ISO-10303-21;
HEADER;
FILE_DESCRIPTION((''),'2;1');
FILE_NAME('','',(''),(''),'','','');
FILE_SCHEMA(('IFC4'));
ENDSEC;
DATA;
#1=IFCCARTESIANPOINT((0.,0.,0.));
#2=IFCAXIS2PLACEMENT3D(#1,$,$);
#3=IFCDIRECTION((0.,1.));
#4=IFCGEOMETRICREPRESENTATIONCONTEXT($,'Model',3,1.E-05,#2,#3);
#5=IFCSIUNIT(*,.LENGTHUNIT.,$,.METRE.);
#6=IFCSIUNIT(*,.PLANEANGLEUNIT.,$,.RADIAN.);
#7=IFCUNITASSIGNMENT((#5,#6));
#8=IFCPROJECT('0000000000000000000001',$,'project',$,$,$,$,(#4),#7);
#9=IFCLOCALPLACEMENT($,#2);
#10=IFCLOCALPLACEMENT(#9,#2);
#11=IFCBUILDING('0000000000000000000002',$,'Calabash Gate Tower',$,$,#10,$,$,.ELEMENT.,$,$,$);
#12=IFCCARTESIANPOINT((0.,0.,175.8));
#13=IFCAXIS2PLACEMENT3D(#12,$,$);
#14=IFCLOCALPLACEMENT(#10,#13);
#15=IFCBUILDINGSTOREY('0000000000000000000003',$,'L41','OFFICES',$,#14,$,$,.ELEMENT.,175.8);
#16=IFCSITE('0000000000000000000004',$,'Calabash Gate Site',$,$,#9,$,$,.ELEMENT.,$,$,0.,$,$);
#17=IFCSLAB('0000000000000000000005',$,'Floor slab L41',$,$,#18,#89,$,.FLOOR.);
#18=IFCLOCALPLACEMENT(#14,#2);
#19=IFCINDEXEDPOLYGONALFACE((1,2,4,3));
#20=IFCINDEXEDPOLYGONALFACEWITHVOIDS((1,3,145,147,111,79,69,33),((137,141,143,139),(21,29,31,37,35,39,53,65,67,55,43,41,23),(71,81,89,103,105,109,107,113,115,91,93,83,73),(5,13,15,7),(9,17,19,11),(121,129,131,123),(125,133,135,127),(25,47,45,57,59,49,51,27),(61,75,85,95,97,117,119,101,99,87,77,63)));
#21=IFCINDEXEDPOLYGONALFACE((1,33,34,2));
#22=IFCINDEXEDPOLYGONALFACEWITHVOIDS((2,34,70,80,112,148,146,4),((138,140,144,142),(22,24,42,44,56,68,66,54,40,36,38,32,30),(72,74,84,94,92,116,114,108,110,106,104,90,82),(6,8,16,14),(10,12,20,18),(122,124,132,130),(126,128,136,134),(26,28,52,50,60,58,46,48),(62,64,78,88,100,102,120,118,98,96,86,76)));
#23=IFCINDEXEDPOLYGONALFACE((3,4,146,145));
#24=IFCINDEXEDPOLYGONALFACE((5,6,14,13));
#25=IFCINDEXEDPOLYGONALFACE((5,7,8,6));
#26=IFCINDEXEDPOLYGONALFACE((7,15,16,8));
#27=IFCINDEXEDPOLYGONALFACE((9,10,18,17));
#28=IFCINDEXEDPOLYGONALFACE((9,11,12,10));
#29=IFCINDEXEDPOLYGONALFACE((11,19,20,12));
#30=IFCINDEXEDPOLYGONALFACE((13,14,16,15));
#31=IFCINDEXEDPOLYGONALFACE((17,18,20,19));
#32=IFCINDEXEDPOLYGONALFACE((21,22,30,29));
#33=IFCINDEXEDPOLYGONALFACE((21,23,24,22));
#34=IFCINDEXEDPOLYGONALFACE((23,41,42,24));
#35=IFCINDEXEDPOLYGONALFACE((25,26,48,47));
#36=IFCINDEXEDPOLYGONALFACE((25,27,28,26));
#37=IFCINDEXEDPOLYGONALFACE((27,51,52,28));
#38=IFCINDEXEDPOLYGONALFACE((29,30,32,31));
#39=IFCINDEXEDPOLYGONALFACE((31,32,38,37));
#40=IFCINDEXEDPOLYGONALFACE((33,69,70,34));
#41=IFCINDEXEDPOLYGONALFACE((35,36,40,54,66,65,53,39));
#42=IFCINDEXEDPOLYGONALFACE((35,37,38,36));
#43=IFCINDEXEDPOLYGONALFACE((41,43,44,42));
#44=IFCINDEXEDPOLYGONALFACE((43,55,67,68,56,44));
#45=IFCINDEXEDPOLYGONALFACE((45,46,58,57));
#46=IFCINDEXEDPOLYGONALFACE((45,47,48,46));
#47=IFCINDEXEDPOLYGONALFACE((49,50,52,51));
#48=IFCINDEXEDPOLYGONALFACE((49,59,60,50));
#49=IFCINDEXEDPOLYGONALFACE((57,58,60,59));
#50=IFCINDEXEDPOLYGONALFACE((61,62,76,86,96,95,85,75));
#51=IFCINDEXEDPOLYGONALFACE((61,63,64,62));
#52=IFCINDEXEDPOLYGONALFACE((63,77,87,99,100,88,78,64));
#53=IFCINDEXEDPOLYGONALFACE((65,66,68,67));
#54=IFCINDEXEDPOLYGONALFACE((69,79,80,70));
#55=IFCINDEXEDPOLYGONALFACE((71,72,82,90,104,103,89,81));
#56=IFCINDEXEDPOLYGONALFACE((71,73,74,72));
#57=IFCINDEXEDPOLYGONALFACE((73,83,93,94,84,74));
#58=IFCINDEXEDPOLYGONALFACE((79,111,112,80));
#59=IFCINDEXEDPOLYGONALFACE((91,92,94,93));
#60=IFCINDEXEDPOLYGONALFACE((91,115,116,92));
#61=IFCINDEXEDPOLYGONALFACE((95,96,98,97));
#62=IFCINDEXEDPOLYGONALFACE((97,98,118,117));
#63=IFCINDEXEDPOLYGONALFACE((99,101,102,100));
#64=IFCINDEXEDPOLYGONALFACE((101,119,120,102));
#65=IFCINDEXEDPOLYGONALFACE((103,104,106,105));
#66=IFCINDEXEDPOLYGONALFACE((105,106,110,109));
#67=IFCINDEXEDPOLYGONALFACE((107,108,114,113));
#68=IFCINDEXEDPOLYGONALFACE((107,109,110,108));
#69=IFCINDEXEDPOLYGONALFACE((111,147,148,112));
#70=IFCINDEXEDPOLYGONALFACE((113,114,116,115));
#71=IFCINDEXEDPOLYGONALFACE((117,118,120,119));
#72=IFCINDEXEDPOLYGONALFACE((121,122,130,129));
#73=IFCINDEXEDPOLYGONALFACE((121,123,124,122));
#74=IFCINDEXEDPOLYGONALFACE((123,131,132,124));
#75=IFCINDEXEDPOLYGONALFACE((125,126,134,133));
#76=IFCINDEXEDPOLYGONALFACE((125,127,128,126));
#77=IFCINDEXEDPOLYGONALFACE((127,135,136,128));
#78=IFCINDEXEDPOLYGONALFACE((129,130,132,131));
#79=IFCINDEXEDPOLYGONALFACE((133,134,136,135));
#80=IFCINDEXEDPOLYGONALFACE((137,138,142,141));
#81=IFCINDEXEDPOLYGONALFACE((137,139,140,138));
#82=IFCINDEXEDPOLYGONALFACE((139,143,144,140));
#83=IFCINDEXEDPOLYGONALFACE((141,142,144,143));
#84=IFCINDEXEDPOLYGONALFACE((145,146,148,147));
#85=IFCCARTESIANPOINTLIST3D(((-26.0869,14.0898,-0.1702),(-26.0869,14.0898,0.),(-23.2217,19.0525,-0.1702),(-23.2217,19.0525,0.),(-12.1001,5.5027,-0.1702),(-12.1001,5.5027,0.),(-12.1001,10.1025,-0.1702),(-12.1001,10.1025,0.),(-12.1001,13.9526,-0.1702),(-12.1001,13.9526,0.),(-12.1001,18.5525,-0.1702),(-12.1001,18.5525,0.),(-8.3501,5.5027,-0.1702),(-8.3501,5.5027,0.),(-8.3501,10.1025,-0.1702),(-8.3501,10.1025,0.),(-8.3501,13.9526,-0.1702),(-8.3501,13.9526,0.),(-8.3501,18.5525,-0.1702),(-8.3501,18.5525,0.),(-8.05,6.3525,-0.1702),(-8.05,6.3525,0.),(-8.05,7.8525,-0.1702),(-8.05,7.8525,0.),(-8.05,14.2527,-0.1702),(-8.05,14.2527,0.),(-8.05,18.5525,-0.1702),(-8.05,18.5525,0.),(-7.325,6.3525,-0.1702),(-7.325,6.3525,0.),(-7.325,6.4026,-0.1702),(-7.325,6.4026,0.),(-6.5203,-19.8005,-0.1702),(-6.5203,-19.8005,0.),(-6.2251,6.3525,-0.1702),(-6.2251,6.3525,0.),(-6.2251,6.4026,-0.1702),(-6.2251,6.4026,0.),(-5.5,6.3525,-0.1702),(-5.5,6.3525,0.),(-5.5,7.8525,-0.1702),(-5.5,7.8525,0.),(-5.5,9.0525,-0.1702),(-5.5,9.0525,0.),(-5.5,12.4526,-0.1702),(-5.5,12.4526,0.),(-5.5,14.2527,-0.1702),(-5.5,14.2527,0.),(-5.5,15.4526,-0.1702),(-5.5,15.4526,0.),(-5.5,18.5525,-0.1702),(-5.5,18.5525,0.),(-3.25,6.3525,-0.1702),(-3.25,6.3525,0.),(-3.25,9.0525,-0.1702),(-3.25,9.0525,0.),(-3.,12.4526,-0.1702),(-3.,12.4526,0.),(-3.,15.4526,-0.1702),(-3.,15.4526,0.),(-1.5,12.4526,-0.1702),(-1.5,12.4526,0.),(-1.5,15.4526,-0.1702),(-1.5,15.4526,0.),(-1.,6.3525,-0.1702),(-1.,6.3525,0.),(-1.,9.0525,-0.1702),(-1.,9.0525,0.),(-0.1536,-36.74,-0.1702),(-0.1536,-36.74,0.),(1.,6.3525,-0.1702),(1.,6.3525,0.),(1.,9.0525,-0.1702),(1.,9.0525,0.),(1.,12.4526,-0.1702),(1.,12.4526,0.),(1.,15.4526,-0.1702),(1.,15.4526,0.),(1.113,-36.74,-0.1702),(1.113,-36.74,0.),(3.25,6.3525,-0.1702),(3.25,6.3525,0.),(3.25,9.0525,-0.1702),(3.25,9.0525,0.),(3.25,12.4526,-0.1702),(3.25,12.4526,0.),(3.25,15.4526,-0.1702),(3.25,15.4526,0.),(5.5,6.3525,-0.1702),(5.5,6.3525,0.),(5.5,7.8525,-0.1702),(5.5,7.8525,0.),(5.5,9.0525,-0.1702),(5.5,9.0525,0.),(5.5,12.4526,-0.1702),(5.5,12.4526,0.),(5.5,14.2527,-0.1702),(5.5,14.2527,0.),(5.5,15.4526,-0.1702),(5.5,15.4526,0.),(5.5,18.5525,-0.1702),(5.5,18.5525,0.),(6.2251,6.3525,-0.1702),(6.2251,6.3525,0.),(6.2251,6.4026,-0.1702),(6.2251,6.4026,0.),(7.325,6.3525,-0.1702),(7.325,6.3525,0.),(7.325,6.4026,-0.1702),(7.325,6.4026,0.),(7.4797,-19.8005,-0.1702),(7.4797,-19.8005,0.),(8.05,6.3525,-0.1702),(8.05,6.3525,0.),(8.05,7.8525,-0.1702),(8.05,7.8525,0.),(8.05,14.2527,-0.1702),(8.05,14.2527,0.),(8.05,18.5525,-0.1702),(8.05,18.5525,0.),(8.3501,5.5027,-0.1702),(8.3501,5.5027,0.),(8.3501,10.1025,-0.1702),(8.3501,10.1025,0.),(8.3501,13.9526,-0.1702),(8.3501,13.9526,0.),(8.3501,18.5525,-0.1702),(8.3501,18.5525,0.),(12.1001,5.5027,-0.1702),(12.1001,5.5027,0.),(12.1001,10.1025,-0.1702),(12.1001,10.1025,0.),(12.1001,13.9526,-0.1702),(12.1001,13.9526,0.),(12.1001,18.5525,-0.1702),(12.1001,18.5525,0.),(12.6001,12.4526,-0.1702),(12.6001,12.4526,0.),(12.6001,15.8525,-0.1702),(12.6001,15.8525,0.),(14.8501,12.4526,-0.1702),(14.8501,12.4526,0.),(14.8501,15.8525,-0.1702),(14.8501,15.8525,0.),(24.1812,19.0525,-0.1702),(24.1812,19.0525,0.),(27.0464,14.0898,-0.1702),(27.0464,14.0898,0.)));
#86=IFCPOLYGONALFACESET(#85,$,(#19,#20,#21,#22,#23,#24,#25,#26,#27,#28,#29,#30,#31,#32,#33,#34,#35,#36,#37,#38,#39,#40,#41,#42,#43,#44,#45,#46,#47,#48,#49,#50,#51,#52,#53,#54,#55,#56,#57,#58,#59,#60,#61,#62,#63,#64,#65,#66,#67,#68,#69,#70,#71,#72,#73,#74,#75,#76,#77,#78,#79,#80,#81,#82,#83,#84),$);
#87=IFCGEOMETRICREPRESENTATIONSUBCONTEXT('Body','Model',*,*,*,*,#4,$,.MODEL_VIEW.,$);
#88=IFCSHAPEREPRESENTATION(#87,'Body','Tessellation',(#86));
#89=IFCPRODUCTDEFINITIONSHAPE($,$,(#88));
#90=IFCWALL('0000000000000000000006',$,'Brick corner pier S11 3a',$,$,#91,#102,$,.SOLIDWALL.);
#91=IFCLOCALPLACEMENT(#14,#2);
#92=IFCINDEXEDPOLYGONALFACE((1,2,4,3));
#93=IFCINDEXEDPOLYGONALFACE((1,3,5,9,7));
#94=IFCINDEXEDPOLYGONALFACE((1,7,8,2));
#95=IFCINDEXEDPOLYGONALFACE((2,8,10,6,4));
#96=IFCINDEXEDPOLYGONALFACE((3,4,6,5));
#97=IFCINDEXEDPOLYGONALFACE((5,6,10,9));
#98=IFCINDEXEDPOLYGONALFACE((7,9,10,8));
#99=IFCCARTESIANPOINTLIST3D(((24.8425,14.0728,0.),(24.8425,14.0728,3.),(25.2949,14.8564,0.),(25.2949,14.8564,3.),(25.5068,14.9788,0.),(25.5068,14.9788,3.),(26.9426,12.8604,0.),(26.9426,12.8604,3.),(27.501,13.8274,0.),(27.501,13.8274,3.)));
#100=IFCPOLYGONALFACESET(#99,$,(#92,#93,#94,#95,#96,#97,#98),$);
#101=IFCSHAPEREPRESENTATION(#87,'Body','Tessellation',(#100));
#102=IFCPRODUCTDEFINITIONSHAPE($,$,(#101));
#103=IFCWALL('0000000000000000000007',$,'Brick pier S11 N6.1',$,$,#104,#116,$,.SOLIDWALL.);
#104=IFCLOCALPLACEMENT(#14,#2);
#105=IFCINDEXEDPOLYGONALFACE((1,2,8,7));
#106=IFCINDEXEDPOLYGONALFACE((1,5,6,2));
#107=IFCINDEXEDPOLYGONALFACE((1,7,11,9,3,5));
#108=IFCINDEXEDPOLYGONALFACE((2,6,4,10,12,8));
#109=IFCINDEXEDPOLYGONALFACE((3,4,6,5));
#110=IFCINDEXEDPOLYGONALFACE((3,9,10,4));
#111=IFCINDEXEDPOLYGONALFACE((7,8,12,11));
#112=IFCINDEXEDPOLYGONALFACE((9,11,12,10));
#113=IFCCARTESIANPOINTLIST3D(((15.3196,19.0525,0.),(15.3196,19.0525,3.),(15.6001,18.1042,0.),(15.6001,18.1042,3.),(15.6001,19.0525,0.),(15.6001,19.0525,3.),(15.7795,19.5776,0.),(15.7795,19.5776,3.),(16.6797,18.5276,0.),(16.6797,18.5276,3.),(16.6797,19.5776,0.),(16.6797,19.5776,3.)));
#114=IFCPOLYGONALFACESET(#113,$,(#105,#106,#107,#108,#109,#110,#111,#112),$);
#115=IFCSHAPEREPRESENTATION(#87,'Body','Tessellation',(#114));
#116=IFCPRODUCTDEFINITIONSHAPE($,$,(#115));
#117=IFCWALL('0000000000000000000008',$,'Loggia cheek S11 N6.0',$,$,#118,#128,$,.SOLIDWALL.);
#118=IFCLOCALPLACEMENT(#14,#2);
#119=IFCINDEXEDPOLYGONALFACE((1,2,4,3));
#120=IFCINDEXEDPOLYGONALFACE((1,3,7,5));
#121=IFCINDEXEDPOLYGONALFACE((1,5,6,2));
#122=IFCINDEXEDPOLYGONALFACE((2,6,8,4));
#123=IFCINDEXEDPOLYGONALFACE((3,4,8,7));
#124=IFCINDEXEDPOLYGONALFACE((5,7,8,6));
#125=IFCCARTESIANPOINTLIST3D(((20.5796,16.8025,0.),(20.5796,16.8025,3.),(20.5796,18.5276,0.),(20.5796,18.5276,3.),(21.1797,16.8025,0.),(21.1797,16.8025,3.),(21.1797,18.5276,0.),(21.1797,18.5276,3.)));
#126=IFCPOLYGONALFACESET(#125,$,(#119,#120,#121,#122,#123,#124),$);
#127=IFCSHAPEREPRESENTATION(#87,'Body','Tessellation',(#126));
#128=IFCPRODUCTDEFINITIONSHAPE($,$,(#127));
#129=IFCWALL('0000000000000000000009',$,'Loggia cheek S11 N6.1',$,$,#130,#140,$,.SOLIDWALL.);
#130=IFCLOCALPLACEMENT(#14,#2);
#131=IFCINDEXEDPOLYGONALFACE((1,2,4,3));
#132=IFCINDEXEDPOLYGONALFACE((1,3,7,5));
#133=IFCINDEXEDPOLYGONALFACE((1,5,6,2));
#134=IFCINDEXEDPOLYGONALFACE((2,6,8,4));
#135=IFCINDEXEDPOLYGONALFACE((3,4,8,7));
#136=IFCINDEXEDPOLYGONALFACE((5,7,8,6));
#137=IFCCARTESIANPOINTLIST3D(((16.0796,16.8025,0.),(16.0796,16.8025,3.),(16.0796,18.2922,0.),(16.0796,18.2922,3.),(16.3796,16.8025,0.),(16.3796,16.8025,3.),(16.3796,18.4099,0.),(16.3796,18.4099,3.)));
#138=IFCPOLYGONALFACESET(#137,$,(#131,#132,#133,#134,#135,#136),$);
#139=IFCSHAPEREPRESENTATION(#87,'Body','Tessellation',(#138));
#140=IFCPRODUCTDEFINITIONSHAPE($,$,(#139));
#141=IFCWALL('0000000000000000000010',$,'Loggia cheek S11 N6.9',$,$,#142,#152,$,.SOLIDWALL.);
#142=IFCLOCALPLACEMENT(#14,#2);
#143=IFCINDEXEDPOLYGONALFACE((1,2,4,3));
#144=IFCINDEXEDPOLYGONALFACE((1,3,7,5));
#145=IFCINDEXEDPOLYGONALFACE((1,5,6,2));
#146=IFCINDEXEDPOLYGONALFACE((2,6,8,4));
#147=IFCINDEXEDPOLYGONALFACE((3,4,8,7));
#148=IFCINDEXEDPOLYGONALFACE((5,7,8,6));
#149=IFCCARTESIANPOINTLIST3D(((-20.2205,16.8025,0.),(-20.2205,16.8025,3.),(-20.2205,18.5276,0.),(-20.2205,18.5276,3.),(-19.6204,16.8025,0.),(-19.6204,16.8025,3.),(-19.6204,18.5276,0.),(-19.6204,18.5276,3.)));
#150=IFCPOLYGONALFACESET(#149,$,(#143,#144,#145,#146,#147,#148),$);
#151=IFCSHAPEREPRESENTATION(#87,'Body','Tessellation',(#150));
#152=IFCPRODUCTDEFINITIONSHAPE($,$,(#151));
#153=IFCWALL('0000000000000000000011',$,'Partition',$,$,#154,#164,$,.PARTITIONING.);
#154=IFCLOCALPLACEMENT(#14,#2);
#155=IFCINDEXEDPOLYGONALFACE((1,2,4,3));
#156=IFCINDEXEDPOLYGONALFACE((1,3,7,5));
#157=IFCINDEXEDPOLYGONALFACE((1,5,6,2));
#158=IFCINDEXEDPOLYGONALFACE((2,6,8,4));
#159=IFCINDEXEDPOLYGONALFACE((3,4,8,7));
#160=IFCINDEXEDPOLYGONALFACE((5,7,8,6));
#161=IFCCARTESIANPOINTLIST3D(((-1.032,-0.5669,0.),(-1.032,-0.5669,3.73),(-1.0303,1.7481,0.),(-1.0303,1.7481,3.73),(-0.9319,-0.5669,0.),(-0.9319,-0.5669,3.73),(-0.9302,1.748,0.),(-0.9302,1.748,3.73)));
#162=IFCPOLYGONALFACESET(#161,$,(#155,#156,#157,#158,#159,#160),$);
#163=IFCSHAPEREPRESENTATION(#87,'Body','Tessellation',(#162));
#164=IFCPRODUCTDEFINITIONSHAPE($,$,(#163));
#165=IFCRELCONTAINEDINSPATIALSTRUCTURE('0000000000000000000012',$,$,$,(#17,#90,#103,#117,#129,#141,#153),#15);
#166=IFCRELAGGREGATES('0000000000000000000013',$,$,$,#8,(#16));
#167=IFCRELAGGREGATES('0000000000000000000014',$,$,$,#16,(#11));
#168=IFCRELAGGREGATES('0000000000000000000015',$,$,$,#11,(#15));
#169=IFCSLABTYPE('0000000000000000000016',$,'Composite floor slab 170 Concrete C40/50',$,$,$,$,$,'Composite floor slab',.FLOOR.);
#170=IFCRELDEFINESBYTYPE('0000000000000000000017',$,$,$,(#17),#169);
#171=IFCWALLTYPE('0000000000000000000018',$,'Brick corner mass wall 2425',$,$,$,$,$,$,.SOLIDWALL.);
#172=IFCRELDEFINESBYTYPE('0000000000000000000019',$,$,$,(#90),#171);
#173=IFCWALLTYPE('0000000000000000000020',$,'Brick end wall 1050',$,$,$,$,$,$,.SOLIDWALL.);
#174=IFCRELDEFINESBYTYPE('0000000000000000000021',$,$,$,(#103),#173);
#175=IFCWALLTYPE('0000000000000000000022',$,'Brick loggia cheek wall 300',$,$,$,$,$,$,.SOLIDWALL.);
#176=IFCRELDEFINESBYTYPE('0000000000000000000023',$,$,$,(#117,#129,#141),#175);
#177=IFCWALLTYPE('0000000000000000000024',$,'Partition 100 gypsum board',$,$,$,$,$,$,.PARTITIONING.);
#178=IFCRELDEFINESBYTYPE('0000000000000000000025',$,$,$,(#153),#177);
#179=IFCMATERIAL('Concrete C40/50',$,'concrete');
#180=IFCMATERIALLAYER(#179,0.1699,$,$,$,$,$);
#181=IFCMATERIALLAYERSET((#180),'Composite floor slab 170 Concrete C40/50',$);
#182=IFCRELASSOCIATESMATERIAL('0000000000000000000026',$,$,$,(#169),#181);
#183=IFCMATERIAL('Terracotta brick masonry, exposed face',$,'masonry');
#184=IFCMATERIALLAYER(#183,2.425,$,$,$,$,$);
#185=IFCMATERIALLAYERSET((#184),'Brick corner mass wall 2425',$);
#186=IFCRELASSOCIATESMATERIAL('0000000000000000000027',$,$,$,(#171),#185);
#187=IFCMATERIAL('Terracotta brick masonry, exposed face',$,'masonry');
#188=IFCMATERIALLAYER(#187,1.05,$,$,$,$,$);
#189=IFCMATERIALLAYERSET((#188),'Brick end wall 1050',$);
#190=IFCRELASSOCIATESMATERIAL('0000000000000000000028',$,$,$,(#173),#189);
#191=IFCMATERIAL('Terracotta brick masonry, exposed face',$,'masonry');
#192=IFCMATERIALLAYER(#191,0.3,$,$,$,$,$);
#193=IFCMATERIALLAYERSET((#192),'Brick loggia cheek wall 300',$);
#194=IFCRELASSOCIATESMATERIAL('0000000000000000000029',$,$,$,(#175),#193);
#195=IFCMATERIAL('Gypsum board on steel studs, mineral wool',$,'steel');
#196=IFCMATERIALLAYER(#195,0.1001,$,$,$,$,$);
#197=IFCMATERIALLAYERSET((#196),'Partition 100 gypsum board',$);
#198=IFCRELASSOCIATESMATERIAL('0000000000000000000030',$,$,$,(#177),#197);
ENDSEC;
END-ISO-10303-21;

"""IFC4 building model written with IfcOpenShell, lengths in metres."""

from ifc_helpers import new_model, si_unit, direction, frame, frame_2d, origin, place, context, subcontext, project, spatial, polyline, rectangle, outline, extrude, material, layer, layer_set, type_object, element, save


model = new_model("IFC4")

# Units and contexts
model_context = context("Model", 3, precision=1e-05, world=origin(), true_north=direction((0.0, 1.0)))
body_context = subcontext(model_context, "Body", "Model", "MODEL_VIEW")
ifc_project = project(units=[si_unit("LENGTHUNIT", "METRE"), si_unit("PLANEANGLEUNIT", "RADIAN")], contexts=[model_context])

# Site, building, storey
site_placement = place(None, origin())
site = spatial("IfcSite", under=ifc_project, at=site_placement, Name="Calabash Gate Site", CompositionType="ELEMENT", RefElevation=0.0)
building_placement = place(site_placement, origin())
building = spatial("IfcBuilding", under=site, at=building_placement, Name="Calabash Gate Tower", CompositionType="ELEMENT")
storey_placement = place(building_placement, frame((0.0, 0.0, 175.8)))
storey = spatial("IfcBuildingStorey", under=building, at=storey_placement, Name="L41", Description="OFFICES", CompositionType="ELEMENT", Elevation=175.8)

# Slab
ifc_material_1 = material(Name="Concrete C40/50", Category="concrete")
ifc_layer_1 = layer(ifc_material_1, 0.1699)
ifc_layer_set_1 = layer_set([ifc_layer_1], Name="Composite floor slab 170 Concrete C40/50")
slab_type = type_object("IfcSlabType", Name="Composite floor slab 170 Concrete C40/50", ElementType="Composite floor slab", PredefinedType="FLOOR", material=ifc_layer_set_1)
slab_placement = place(storey_placement, frame((0.0, 0.0, -0.1702)))
element("IfcSlab", 1, at=slab_placement, inside=storey, type_object=slab_type, Name="Floor slab L41", PredefinedType="FLOOR", context=body_context, shape_type="SweptSolid", body=[
    extrude(outline(polyline([(-23.2217, 19.0525), (24.1812, 19.0525), (27.0464, 14.0898), (7.4797, -19.8005), (1.113, -36.74), (-0.1536, -36.74), (-6.5203, -19.8005), (-26.0869, 14.0898), (-23.2217, 19.0525)]), holes=[polyline([(-3.25, 9.0525), (-5.5, 9.0525), (-5.5, 7.8525), (-8.05, 7.8525), (-8.05, 6.3525), (-7.325, 6.3525), (-7.325, 6.4026), (-6.2251, 6.4026), (-6.2251, 6.3525), (-5.5, 6.3525), (-3.25, 6.3525), (-1.0, 6.3525), (-1.0, 9.0525), (-3.25, 9.0525)]), polyline([(5.5, 6.3525), (6.2251, 6.3525), (6.2251, 6.4026), (7.325, 6.4026), (7.325, 6.3525), (8.05, 6.3525), (8.05, 7.8525), (5.5, 7.8525), (5.5, 9.0525), (3.25, 9.0525), (1.0, 9.0525), (1.0, 6.3525), (3.25, 6.3525), (5.5, 6.3525)]), polyline([(-5.5, 12.4526), (-3.0, 12.4526), (-3.0, 15.4526), (-5.5, 15.4526), (-5.5, 18.5525), (-8.05, 18.5525), (-8.05, 14.2527), (-5.5, 14.2527), (-5.5, 12.4526)]), polyline([(-1.5, 15.4526), (-1.5, 12.4526), (1.0, 12.4526), (3.25, 12.4526), (5.5, 12.4526), (5.5, 14.2527), (8.05, 14.2527), (8.05, 18.5525), (5.5, 18.5525), (5.5, 15.4526), (3.25, 15.4526), (1.0, 15.4526), (-1.5, 15.4526)]), polyline([(14.8501, 15.8525), (12.6001, 15.8525), (12.6001, 12.4526), (14.8501, 12.4526), (14.8501, 15.8525)]), polyline([(-8.3501, 18.5525), (-12.1001, 18.5525), (-12.1001, 13.9526), (-8.3501, 13.9526), (-8.3501, 18.5525)]), polyline([(-12.1001, 10.1025), (-12.1001, 5.5027), (-8.3501, 5.5027), (-8.3501, 10.1025), (-12.1001, 10.1025)]), polyline([(8.3501, 13.9526), (12.1001, 13.9526), (12.1001, 18.5525), (8.3501, 18.5525), (8.3501, 13.9526)]), polyline([(12.1001, 5.5027), (12.1001, 10.1025), (8.3501, 10.1025), (8.3501, 5.5027), (12.1001, 5.5027)])]), origin(), (0.0, 0.0, 1.0), 0.1702),
])

# Walls
ifc_material_2 = material(Name="Terracotta brick masonry, exposed face", Category="masonry")
ifc_layer_2 = layer(ifc_material_2, 2.425)
ifc_layer_set_2 = layer_set([ifc_layer_2], Name="Brick corner mass wall 2425")
wall_type_1 = type_object("IfcWallType", Name="Brick corner mass wall 2425", PredefinedType="SOLIDWALL", material=ifc_layer_set_2)
wall_1_placement = place(storey_placement, origin())
element("IfcWall", 2, at=wall_1_placement, inside=storey, type_object=wall_type_1, Name="Brick corner pier S11 3a", PredefinedType="SOLIDWALL", context=body_context, shape_type="SweptSolid", body=[
    extrude(outline(polyline([(24.8425, 14.0728), (26.9426, 12.8604), (27.501, 13.8274), (25.5068, 14.9788), (25.2949, 14.8564), (24.8425, 14.0728)])), origin(), (0.0, 0.0, 1.0), 3.0),
])
ifc_material_3 = material(Name="Terracotta brick masonry, exposed face", Category="masonry")
ifc_layer_3 = layer(ifc_material_3, 1.05)
ifc_layer_set_3 = layer_set([ifc_layer_3], Name="Brick end wall 1050")
wall_type_2 = type_object("IfcWallType", Name="Brick end wall 1050", PredefinedType="SOLIDWALL", material=ifc_layer_set_3)
wall_2_placement = place(storey_placement, origin())
element("IfcWall", 3, at=wall_2_placement, inside=storey, type_object=wall_type_2, Name="Brick pier S11 N6.1", PredefinedType="SOLIDWALL", context=body_context, shape_type="SweptSolid", body=[
    extrude(outline(polyline([(15.6001, 18.1042), (16.6797, 18.5276), (16.6797, 19.5776), (15.7795, 19.5776), (15.3196, 19.0525), (15.6001, 19.0525), (15.6001, 18.1042)])), origin(), (0.0, 0.0, 1.0), 3.0),
])
ifc_material_4 = material(Name="Terracotta brick masonry, exposed face", Category="masonry")
ifc_layer_4 = layer(ifc_material_4, 0.3)
ifc_layer_set_4 = layer_set([ifc_layer_4], Name="Brick loggia cheek wall 300")
wall_type_3 = type_object("IfcWallType", Name="Brick loggia cheek wall 300", PredefinedType="SOLIDWALL", material=ifc_layer_set_4)
wall_3_placement = place(storey_placement, origin())
element("IfcWall", 4, at=wall_3_placement, inside=storey, type_object=wall_type_3, Name="Loggia cheek S11 N6.0", PredefinedType="SOLIDWALL", context=body_context, shape_type="SweptSolid", body=[
    extrude(outline(polyline([(21.1797, 16.8025), (21.1797, 18.5276), (20.5796, 18.5276), (20.5796, 16.8025), (21.1797, 16.8025)])), origin(), (0.0, 0.0, 1.0), 3.0),
])
wall_4_placement = place(storey_placement, origin())
element("IfcWall", 5, at=wall_4_placement, inside=storey, type_object=wall_type_3, Name="Loggia cheek S11 N6.1", PredefinedType="SOLIDWALL", context=body_context, shape_type="SweptSolid", body=[
    extrude(outline(polyline([(16.0796, 18.2922), (16.0796, 16.8025), (16.3796, 16.8025), (16.3796, 18.4099), (16.0796, 18.2922)])), origin(), (0.0, 0.0, 1.0), 3.0),
])
wall_5_placement = place(storey_placement, origin())
element("IfcWall", 6, at=wall_5_placement, inside=storey, type_object=wall_type_3, Name="Loggia cheek S11 N6.9", PredefinedType="SOLIDWALL", context=body_context, shape_type="SweptSolid", body=[
    extrude(outline(polyline([(-20.2205, 18.5276), (-20.2205, 16.8025), (-19.6204, 16.8025), (-19.6204, 18.5276), (-20.2205, 18.5276)])), origin(), (0.0, 0.0, 1.0), 3.0),
])
ifc_material_5 = material(Name="Gypsum board on steel studs, mineral wool", Category="steel")
ifc_layer_5 = layer(ifc_material_5, 0.1001)
ifc_layer_set_5 = layer_set([ifc_layer_5], Name="Partition 100 gypsum board")
wall_type_4 = type_object("IfcWallType", Name="Partition 100 gypsum board", PredefinedType="PARTITIONING", material=ifc_layer_set_5)
wall_6_placement = place(storey_placement, frame((-0.9819, -0.5669, 0.0), z_axis=(0.0, 0.0, 1.0), x_axis=(0.000738, 1.0, 0.0)))
element("IfcWall", 7, at=wall_6_placement, inside=storey, type_object=wall_type_4, Name="Partition", PredefinedType="PARTITIONING", context=body_context, shape_type="SweptSolid", body=[
    extrude(rectangle(XDim=2.3149, YDim=0.1001, at=frame_2d((1.1575, 0.0))), origin(), (0.0, 0.0, 1.0), 3.73),
])

save(model, "model.ifc")
